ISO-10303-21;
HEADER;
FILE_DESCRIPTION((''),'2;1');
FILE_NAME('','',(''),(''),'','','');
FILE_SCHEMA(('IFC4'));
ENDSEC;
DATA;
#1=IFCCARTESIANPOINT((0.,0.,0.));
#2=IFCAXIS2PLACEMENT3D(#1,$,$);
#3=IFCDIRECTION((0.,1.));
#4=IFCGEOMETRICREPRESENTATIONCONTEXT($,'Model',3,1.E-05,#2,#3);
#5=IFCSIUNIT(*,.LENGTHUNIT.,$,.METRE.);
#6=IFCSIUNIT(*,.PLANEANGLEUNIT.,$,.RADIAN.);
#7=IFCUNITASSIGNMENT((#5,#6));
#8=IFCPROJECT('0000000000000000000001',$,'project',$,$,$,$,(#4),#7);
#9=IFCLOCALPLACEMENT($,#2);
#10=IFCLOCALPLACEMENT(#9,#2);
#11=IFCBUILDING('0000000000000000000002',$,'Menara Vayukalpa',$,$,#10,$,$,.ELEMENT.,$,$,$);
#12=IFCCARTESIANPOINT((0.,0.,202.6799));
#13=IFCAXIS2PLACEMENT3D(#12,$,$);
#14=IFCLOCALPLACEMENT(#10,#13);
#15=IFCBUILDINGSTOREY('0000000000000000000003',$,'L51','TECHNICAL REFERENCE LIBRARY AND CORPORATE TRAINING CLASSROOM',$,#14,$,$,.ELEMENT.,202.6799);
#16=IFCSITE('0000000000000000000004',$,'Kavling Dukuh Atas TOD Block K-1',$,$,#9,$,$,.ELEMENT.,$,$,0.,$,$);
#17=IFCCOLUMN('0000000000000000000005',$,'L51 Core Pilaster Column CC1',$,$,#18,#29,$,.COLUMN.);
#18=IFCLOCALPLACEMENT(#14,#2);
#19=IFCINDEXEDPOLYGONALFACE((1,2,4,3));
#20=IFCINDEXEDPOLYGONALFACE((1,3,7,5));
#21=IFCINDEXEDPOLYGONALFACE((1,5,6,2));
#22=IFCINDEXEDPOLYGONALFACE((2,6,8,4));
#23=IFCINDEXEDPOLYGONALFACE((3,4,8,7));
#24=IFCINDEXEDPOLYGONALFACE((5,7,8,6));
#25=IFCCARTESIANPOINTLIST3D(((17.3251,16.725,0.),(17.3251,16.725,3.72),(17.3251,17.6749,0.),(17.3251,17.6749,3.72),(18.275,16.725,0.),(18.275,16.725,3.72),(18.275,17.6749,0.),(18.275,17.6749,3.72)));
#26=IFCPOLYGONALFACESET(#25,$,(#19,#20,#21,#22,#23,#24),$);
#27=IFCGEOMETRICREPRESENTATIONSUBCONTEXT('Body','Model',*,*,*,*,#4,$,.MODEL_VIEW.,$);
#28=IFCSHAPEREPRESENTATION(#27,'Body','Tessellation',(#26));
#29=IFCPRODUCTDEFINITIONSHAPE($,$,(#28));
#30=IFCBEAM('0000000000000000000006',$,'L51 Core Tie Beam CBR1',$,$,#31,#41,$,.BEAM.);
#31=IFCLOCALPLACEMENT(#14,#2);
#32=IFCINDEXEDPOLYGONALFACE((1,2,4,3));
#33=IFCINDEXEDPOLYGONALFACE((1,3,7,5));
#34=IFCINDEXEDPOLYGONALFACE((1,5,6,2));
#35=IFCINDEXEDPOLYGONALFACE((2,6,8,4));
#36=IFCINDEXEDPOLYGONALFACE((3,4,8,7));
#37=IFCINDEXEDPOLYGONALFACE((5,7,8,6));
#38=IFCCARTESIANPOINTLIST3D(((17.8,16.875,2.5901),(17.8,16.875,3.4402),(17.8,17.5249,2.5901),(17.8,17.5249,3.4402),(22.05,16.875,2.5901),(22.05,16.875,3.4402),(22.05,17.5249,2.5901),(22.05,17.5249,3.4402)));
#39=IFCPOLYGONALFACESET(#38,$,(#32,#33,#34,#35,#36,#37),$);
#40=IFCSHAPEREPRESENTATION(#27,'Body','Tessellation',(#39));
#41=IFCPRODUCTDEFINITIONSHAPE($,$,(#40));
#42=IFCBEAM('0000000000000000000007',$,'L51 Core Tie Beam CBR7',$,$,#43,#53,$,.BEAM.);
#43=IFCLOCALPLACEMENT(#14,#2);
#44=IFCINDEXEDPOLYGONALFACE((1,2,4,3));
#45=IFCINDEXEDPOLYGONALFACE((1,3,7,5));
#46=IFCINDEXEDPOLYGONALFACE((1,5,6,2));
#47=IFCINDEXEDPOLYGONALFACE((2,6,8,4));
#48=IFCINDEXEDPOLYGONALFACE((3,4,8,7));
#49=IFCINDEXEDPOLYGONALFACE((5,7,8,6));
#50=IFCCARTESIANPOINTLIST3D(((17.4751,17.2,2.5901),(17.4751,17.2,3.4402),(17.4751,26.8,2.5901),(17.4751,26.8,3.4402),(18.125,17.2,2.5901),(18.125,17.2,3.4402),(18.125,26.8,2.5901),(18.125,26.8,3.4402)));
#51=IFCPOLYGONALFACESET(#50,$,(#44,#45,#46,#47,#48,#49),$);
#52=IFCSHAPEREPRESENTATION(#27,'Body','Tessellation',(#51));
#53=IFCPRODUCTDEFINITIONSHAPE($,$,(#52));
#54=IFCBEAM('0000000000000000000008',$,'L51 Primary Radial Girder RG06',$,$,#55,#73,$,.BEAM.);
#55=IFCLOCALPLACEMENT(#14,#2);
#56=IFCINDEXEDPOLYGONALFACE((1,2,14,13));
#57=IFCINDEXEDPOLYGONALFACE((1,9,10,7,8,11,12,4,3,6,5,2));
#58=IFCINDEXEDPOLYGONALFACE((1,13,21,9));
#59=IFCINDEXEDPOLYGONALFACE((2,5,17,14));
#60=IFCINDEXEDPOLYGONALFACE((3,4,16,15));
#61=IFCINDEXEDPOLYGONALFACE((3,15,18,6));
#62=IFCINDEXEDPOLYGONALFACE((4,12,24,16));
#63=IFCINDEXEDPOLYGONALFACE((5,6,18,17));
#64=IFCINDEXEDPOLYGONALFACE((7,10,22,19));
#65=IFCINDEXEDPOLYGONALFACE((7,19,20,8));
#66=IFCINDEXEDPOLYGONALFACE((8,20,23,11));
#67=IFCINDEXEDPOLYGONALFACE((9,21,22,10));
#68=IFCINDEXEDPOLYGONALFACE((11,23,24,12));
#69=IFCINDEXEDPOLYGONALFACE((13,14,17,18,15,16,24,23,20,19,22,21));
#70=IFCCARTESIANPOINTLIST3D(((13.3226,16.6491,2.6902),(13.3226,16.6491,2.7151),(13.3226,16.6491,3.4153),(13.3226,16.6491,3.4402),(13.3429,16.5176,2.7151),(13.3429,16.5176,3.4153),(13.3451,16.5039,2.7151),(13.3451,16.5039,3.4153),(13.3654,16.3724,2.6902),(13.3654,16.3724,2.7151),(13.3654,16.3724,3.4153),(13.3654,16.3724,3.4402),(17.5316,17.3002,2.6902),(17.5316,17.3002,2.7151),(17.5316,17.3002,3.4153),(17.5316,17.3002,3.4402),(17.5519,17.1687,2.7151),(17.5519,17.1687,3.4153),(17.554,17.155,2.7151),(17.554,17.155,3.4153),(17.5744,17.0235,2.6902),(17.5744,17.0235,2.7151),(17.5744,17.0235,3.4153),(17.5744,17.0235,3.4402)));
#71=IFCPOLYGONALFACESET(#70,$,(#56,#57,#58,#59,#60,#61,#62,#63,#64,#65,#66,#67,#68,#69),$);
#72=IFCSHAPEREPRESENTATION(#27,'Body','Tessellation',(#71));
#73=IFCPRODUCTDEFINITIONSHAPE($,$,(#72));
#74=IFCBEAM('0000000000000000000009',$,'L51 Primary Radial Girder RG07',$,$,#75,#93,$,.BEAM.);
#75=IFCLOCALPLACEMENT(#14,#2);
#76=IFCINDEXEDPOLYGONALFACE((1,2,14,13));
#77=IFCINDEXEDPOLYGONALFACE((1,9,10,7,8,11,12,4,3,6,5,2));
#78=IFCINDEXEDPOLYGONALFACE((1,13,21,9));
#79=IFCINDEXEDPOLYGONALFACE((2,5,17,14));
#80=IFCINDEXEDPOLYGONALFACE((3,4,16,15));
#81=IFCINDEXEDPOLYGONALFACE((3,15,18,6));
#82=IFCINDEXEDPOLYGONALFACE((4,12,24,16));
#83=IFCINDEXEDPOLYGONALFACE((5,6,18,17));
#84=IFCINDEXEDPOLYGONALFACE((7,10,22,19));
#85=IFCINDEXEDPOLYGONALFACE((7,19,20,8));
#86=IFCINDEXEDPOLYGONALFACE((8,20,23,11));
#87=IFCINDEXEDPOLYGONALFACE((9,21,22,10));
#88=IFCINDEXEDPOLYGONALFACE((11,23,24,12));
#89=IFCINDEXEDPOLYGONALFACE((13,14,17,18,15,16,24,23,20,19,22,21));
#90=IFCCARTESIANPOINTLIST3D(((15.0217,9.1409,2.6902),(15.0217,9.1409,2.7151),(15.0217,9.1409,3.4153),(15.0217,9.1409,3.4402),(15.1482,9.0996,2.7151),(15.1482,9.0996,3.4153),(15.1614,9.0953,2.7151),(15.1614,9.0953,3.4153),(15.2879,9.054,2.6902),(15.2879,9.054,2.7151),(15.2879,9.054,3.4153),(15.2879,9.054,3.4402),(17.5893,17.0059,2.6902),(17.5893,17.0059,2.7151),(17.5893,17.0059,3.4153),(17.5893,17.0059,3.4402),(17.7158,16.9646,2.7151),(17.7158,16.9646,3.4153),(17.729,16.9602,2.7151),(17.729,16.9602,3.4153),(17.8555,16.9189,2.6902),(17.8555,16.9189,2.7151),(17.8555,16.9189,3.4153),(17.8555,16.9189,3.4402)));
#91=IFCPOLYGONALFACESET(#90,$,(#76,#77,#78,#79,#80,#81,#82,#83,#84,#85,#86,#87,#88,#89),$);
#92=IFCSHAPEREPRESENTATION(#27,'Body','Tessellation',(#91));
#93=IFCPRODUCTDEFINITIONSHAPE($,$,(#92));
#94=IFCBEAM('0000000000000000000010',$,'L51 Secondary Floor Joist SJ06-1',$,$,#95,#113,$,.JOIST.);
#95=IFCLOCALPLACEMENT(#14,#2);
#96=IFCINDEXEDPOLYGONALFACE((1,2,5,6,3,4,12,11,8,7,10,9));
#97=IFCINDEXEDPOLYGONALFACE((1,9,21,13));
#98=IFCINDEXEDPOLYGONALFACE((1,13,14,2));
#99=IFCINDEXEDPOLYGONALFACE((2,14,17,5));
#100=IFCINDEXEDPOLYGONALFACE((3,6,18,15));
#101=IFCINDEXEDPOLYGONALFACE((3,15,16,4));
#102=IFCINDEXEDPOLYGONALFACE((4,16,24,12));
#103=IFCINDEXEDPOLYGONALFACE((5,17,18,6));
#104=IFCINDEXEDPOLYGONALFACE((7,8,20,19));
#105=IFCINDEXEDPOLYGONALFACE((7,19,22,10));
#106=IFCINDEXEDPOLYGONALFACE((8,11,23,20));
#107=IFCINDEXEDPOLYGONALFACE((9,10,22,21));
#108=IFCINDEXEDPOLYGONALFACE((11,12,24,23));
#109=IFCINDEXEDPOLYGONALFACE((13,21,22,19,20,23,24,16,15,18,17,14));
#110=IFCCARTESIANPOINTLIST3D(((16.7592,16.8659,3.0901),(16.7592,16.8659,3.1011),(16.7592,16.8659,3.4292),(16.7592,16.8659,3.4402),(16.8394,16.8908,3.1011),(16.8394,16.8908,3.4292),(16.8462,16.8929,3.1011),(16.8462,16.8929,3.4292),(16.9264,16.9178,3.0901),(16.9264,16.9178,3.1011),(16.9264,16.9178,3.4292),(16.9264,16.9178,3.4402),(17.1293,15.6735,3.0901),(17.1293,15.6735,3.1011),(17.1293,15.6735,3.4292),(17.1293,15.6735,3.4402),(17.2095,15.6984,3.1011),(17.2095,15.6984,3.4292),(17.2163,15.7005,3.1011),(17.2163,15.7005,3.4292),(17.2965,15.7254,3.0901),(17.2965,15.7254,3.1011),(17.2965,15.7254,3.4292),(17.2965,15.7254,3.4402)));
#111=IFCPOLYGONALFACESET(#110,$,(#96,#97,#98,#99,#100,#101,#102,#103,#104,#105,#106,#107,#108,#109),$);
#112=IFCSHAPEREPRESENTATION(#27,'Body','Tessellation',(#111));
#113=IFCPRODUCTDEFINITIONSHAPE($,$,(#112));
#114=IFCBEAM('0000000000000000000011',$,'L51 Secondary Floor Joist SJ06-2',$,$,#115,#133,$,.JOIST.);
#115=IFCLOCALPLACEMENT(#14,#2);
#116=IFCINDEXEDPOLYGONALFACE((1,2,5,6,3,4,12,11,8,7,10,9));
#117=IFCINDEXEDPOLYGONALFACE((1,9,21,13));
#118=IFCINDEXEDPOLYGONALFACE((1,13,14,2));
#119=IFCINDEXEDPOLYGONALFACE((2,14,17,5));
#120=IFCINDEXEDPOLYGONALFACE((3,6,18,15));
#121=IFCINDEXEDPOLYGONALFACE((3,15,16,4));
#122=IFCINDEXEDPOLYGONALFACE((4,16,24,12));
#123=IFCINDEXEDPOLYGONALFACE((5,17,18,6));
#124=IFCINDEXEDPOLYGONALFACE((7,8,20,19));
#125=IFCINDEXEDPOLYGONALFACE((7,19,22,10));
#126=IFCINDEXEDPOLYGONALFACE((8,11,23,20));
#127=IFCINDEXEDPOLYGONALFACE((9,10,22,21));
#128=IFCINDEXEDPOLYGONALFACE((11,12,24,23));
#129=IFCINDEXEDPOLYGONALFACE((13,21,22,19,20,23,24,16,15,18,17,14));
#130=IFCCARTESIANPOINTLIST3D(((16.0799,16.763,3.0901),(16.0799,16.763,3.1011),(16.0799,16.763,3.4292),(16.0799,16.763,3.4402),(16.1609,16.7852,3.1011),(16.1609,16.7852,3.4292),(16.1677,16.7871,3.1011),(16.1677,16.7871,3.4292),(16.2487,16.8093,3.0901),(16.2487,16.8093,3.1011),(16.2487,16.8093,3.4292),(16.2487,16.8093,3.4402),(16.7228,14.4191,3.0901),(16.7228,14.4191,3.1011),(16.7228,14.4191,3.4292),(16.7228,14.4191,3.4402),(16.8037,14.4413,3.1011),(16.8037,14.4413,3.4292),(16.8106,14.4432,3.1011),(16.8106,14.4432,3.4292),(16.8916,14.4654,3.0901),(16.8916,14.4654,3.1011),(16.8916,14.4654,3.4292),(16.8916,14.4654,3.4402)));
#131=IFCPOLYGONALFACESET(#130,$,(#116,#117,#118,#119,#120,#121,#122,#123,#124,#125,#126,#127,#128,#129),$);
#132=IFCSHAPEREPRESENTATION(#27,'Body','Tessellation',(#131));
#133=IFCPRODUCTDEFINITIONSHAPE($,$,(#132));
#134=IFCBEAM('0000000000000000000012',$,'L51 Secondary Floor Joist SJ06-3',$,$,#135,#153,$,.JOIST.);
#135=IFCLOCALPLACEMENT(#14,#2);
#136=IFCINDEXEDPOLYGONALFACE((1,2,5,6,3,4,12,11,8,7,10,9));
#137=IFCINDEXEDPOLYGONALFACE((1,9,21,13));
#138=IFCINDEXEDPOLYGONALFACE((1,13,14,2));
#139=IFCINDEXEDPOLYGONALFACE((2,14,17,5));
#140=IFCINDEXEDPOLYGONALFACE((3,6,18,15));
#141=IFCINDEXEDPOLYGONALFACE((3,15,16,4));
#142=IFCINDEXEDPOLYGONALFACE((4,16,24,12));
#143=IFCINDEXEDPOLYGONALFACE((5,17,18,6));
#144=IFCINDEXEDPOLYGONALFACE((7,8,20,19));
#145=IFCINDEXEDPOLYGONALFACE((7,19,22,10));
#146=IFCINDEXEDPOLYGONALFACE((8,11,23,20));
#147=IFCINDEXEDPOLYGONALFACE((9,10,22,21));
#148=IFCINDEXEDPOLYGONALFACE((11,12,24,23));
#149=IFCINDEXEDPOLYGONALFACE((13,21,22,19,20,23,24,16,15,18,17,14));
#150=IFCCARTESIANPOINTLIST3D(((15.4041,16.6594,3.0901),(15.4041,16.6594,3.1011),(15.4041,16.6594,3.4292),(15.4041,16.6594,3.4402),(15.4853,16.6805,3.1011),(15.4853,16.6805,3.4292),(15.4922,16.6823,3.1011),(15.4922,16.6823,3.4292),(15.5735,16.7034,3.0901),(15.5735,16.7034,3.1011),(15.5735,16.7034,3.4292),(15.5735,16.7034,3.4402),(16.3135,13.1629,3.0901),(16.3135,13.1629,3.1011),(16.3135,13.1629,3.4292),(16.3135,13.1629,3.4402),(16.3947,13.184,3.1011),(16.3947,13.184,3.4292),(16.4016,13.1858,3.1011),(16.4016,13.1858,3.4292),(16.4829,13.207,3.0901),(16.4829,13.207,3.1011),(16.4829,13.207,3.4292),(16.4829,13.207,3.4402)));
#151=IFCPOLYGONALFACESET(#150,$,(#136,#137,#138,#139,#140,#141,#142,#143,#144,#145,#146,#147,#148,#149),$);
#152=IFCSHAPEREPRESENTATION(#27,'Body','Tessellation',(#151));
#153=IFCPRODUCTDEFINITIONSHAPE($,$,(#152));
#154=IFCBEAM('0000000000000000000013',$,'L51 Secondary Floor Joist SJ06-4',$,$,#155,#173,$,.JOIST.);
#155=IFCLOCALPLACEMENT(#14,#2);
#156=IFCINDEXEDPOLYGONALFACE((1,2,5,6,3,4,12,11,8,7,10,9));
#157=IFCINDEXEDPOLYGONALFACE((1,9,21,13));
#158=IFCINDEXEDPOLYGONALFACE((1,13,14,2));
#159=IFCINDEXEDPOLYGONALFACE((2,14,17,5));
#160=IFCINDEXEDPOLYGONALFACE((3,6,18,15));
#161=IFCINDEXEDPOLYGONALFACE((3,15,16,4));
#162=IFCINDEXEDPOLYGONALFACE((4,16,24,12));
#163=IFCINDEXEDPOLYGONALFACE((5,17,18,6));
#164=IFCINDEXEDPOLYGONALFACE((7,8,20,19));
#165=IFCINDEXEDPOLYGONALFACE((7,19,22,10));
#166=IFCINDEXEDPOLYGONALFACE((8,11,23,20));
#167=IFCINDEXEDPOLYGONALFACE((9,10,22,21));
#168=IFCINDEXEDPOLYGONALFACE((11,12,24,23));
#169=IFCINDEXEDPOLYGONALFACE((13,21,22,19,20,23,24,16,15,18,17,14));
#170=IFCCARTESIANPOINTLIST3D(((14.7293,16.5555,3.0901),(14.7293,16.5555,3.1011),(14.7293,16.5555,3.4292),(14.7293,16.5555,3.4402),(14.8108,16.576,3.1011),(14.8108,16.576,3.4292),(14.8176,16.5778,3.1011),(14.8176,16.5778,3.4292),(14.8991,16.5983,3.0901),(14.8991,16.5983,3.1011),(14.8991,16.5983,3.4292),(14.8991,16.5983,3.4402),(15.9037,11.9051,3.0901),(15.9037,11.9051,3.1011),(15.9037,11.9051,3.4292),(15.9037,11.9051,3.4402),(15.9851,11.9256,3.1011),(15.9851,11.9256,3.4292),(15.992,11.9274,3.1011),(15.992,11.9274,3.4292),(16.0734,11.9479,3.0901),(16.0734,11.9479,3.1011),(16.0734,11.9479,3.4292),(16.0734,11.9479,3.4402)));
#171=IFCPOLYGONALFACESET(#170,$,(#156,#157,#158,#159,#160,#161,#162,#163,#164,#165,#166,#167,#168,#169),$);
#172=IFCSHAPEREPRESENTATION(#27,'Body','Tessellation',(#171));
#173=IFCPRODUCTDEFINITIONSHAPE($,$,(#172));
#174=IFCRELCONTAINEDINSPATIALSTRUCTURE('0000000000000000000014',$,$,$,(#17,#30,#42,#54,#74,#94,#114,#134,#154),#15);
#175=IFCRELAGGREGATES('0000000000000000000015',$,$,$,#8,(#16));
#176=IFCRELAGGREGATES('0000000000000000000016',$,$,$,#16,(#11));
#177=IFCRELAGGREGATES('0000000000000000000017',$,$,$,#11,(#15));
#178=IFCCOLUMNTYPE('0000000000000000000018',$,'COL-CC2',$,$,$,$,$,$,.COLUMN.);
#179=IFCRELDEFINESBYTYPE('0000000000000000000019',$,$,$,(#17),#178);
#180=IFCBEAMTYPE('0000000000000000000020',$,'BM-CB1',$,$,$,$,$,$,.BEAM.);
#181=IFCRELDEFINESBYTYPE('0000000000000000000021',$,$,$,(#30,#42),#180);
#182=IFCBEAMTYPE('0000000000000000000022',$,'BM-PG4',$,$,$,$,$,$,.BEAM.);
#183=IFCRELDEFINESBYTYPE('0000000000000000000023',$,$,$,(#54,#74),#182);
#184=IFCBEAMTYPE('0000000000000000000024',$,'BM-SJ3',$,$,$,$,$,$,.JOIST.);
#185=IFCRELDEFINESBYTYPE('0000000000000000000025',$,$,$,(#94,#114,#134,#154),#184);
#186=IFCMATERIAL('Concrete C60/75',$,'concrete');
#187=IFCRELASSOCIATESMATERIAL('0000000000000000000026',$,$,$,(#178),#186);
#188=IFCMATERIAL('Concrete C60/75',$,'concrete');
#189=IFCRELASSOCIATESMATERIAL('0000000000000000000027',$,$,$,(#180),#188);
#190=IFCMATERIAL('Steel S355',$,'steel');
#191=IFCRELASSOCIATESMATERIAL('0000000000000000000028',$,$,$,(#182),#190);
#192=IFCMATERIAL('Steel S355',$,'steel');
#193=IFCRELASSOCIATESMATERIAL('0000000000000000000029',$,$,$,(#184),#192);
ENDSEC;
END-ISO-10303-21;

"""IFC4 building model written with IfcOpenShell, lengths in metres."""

from ifc_helpers import new_model, si_unit, direction, frame, origin, origin_2d, place, context, subcontext, project, spatial, rectangle, i_section, extrude, material, material_profile, profile_set, type_object, element, save


model = new_model("IFC4")

# Units and contexts
model_context = context("Model", 3, precision=1e-05, world=origin(), true_north=direction((0.0, 1.0)))
body_context = subcontext(model_context, "Body", "Model", "MODEL_VIEW")
ifc_project = project(units=[si_unit("LENGTHUNIT", "METRE"), si_unit("PLANEANGLEUNIT", "RADIAN")], contexts=[model_context])

# Site, building, storey
site_placement = place(None, origin())
site = spatial("IfcSite", under=ifc_project, at=site_placement, Name="Kavling Dukuh Atas TOD Block K-1", CompositionType="ELEMENT", RefElevation=0.0)
building_placement = place(site_placement, origin())
building = spatial("IfcBuilding", under=site, at=building_placement, Name="Menara Vayukalpa", CompositionType="ELEMENT")
storey_placement = place(building_placement, frame((0.0, 0.0, 202.6799)))
storey = spatial("IfcBuildingStorey", under=building, at=storey_placement, Name="L51", Description="TECHNICAL REFERENCE LIBRARY AND CORPORATE TRAINING CLASSROOM", CompositionType="ELEMENT", Elevation=202.6799)

# Column
ifc_material_1 = material(Name="Concrete C60/75", Category="concrete")
ifc_material_profile_1 = material_profile(ifc_material_1, rectangle(XDim=0.95, YDim=0.95, at=origin_2d()), Name="RC 950x950")
ifc_profile_set_1 = profile_set([ifc_material_profile_1], Name="Concrete C60/75")
column_type = type_object("IfcColumnType", Name="COL-CC2", PredefinedType="COLUMN", material=ifc_profile_set_1)
column_placement = place(storey_placement, frame((17.8, 17.2, 0.0), z_axis=(0.0, 0.0, 1.0), x_axis=(1.0, 0.0, 0.0)))
element("IfcColumn", 1, at=column_placement, inside=storey, type_object=column_type, Name="L51 Core Pilaster Column CC1", PredefinedType="COLUMN", context=body_context, shape_type="SweptSolid", body=[
    extrude(rectangle(XDim=0.95, YDim=0.95, at=origin_2d()), origin(), (0.0, 0.0, 1.0), 3.72),
])

# Beams
ifc_material_2 = material(Name="Concrete C60/75", Category="concrete")
ifc_material_profile_2 = material_profile(ifc_material_2, rectangle(XDim=0.6499, YDim=0.8501, at=origin_2d()), Name="RC 650x850")
ifc_profile_set_2 = profile_set([ifc_material_profile_2], Name="Concrete C60/75")
beam_type_1 = type_object("IfcBeamType", Name="BM-CB1", PredefinedType="BEAM", material=ifc_profile_set_2)
beam_1_placement = place(storey_placement, frame((17.8, 17.2, 3.0151), z_axis=(1.0, 0.0, 0.0), x_axis=(0.0, 1.0, 0.0)))
element("IfcBeam", 2, at=beam_1_placement, inside=storey, type_object=beam_type_1, Name="L51 Core Tie Beam CBR1", PredefinedType="BEAM", context=body_context, shape_type="SweptSolid", body=[
    extrude(rectangle(XDim=0.6499, YDim=0.8501, at=origin_2d()), origin(), (0.0, 0.0, 1.0), 4.25),
])
beam_2_placement = place(storey_placement, frame((17.8, 17.2, 3.0151), z_axis=(0.0, 1.0, 0.0), x_axis=(-1.0, 0.0, 0.0)))
element("IfcBeam", 3, at=beam_2_placement, inside=storey, type_object=beam_type_1, Name="L51 Core Tie Beam CBR7", PredefinedType="BEAM", context=body_context, shape_type="SweptSolid", body=[
    extrude(rectangle(XDim=0.6499, YDim=0.8501, at=origin_2d()), origin(), (0.0, 0.0, 1.0), 9.6001),
])
ifc_material_3 = material(Name="Steel S355", Category="steel")
ifc_material_profile_3 = material_profile(ifc_material_3, i_section(OverallWidth=0.28, OverallDepth=0.75, WebThickness=0.0139, FlangeThickness=0.0249, at=origin_2d()), Name="WF 750x280x14x25")
ifc_profile_set_3 = profile_set([ifc_material_profile_3], Name="Steel S355")
beam_type_2 = type_object("IfcBeamType", Name="BM-PG4", PredefinedType="BEAM", material=ifc_profile_set_3)
beam_3_placement = place(storey_placement, frame((17.553, 17.1619, 3.0652), z_axis=(-0.988245, -0.15288, 0.0), x_axis=(0.15288, -0.988245, 0.0)))
element("IfcBeam", 4, at=beam_3_placement, inside=storey, type_object=beam_type_2, Name="L51 Primary Radial Girder RG06", PredefinedType="BEAM", context=body_context, shape_type="SweptSolid", body=[
    extrude(i_section(OverallWidth=0.28, OverallDepth=0.75, WebThickness=0.0139, FlangeThickness=0.0249, at=origin_2d()), origin(), (0.0, 0.0, 1.0), 4.259),
])
beam_4_placement = place(storey_placement, frame((17.7224, 16.9624, 3.0652), z_axis=(-0.310344, -0.950624, 0.0), x_axis=(0.950624, -0.310344, 0.0)))
element("IfcBeam", 5, at=beam_4_placement, inside=storey, type_object=beam_type_2, Name="L51 Primary Radial Girder RG07", PredefinedType="BEAM", context=body_context, shape_type="SweptSolid", body=[
    extrude(i_section(OverallWidth=0.28, OverallDepth=0.75, WebThickness=0.0139, FlangeThickness=0.0249, at=origin_2d()), origin(), (0.0, 0.0, 1.0), 8.2734),
])
ifc_material_4 = material(Name="Steel S355", Category="steel")
ifc_material_profile_4 = material_profile(ifc_material_4, i_section(OverallWidth=0.175, OverallDepth=0.3501, WebThickness=0.0071, FlangeThickness=0.011, at=origin_2d()), Name="WF 350x175x7x11")
ifc_profile_set_4 = profile_set([ifc_material_profile_4], Name="Steel S355")
beam_type_3 = type_object("IfcBeamType", Name="BM-SJ3", PredefinedType="JOIST", material=ifc_profile_set_4)
beam_5_placement = place(storey_placement, frame((16.8428, 16.8918, 3.2651), z_axis=(0.296448, -0.955049, 0.0), x_axis=(0.955049, 0.296448, 0.0)))
element("IfcBeam", 6, at=beam_5_placement, inside=storey, type_object=beam_type_3, Name="L51 Secondary Floor Joist SJ06-1", PredefinedType="JOIST", context=body_context, shape_type="SweptSolid", body=[
    extrude(i_section(OverallWidth=0.175, OverallDepth=0.3501, WebThickness=0.0071, FlangeThickness=0.011, at=origin_2d()), origin(), (0.0, 0.0, 1.0), 1.2485),
])
beam_6_placement = place(storey_placement, frame((16.1643, 16.7861, 3.2651), z_axis=(0.264503, -0.964385, 0.0), x_axis=(0.964385, 0.264503, 0.0)))
element("IfcBeam", 7, at=beam_6_placement, inside=storey, type_object=beam_type_3, Name="L51 Secondary Floor Joist SJ06-2", PredefinedType="JOIST", context=body_context, shape_type="SweptSolid", body=[
    extrude(i_section(OverallWidth=0.175, OverallDepth=0.3501, WebThickness=0.0071, FlangeThickness=0.011, at=origin_2d()), origin(), (0.0, 0.0, 1.0), 2.4304),
])
beam_7_placement = place(storey_placement, frame((15.4888, 16.6814, 3.2651), z_axis=(0.251715, -0.967801, 0.0), x_axis=(0.967801, 0.251715, 0.0)))
element("IfcBeam", 8, at=beam_7_placement, inside=storey, type_object=beam_type_3, Name="L51 Secondary Floor Joist SJ06-3", PredefinedType="JOIST", context=body_context, shape_type="SweptSolid", body=[
    extrude(i_section(OverallWidth=0.175, OverallDepth=0.3501, WebThickness=0.0071, FlangeThickness=0.011, at=origin_2d()), origin(), (0.0, 0.0, 1.0), 3.6128),
])
beam_8_placement = place(storey_placement, frame((14.8142, 16.5769, 3.2651), z_axis=(0.244834, -0.969565, 0.0), x_axis=(0.969565, 0.244834, 0.0)))
element("IfcBeam", 9, at=beam_8_placement, inside=storey, type_object=beam_type_3, Name="L51 Secondary Floor Joist SJ06-4", PredefinedType="JOIST", context=body_context, shape_type="SweptSolid", body=[
    extrude(i_section(OverallWidth=0.175, OverallDepth=0.3501, WebThickness=0.0071, FlangeThickness=0.011, at=origin_2d()), origin(), (0.0, 0.0, 1.0), 4.7964),
])

save(model, "model.ifc")
